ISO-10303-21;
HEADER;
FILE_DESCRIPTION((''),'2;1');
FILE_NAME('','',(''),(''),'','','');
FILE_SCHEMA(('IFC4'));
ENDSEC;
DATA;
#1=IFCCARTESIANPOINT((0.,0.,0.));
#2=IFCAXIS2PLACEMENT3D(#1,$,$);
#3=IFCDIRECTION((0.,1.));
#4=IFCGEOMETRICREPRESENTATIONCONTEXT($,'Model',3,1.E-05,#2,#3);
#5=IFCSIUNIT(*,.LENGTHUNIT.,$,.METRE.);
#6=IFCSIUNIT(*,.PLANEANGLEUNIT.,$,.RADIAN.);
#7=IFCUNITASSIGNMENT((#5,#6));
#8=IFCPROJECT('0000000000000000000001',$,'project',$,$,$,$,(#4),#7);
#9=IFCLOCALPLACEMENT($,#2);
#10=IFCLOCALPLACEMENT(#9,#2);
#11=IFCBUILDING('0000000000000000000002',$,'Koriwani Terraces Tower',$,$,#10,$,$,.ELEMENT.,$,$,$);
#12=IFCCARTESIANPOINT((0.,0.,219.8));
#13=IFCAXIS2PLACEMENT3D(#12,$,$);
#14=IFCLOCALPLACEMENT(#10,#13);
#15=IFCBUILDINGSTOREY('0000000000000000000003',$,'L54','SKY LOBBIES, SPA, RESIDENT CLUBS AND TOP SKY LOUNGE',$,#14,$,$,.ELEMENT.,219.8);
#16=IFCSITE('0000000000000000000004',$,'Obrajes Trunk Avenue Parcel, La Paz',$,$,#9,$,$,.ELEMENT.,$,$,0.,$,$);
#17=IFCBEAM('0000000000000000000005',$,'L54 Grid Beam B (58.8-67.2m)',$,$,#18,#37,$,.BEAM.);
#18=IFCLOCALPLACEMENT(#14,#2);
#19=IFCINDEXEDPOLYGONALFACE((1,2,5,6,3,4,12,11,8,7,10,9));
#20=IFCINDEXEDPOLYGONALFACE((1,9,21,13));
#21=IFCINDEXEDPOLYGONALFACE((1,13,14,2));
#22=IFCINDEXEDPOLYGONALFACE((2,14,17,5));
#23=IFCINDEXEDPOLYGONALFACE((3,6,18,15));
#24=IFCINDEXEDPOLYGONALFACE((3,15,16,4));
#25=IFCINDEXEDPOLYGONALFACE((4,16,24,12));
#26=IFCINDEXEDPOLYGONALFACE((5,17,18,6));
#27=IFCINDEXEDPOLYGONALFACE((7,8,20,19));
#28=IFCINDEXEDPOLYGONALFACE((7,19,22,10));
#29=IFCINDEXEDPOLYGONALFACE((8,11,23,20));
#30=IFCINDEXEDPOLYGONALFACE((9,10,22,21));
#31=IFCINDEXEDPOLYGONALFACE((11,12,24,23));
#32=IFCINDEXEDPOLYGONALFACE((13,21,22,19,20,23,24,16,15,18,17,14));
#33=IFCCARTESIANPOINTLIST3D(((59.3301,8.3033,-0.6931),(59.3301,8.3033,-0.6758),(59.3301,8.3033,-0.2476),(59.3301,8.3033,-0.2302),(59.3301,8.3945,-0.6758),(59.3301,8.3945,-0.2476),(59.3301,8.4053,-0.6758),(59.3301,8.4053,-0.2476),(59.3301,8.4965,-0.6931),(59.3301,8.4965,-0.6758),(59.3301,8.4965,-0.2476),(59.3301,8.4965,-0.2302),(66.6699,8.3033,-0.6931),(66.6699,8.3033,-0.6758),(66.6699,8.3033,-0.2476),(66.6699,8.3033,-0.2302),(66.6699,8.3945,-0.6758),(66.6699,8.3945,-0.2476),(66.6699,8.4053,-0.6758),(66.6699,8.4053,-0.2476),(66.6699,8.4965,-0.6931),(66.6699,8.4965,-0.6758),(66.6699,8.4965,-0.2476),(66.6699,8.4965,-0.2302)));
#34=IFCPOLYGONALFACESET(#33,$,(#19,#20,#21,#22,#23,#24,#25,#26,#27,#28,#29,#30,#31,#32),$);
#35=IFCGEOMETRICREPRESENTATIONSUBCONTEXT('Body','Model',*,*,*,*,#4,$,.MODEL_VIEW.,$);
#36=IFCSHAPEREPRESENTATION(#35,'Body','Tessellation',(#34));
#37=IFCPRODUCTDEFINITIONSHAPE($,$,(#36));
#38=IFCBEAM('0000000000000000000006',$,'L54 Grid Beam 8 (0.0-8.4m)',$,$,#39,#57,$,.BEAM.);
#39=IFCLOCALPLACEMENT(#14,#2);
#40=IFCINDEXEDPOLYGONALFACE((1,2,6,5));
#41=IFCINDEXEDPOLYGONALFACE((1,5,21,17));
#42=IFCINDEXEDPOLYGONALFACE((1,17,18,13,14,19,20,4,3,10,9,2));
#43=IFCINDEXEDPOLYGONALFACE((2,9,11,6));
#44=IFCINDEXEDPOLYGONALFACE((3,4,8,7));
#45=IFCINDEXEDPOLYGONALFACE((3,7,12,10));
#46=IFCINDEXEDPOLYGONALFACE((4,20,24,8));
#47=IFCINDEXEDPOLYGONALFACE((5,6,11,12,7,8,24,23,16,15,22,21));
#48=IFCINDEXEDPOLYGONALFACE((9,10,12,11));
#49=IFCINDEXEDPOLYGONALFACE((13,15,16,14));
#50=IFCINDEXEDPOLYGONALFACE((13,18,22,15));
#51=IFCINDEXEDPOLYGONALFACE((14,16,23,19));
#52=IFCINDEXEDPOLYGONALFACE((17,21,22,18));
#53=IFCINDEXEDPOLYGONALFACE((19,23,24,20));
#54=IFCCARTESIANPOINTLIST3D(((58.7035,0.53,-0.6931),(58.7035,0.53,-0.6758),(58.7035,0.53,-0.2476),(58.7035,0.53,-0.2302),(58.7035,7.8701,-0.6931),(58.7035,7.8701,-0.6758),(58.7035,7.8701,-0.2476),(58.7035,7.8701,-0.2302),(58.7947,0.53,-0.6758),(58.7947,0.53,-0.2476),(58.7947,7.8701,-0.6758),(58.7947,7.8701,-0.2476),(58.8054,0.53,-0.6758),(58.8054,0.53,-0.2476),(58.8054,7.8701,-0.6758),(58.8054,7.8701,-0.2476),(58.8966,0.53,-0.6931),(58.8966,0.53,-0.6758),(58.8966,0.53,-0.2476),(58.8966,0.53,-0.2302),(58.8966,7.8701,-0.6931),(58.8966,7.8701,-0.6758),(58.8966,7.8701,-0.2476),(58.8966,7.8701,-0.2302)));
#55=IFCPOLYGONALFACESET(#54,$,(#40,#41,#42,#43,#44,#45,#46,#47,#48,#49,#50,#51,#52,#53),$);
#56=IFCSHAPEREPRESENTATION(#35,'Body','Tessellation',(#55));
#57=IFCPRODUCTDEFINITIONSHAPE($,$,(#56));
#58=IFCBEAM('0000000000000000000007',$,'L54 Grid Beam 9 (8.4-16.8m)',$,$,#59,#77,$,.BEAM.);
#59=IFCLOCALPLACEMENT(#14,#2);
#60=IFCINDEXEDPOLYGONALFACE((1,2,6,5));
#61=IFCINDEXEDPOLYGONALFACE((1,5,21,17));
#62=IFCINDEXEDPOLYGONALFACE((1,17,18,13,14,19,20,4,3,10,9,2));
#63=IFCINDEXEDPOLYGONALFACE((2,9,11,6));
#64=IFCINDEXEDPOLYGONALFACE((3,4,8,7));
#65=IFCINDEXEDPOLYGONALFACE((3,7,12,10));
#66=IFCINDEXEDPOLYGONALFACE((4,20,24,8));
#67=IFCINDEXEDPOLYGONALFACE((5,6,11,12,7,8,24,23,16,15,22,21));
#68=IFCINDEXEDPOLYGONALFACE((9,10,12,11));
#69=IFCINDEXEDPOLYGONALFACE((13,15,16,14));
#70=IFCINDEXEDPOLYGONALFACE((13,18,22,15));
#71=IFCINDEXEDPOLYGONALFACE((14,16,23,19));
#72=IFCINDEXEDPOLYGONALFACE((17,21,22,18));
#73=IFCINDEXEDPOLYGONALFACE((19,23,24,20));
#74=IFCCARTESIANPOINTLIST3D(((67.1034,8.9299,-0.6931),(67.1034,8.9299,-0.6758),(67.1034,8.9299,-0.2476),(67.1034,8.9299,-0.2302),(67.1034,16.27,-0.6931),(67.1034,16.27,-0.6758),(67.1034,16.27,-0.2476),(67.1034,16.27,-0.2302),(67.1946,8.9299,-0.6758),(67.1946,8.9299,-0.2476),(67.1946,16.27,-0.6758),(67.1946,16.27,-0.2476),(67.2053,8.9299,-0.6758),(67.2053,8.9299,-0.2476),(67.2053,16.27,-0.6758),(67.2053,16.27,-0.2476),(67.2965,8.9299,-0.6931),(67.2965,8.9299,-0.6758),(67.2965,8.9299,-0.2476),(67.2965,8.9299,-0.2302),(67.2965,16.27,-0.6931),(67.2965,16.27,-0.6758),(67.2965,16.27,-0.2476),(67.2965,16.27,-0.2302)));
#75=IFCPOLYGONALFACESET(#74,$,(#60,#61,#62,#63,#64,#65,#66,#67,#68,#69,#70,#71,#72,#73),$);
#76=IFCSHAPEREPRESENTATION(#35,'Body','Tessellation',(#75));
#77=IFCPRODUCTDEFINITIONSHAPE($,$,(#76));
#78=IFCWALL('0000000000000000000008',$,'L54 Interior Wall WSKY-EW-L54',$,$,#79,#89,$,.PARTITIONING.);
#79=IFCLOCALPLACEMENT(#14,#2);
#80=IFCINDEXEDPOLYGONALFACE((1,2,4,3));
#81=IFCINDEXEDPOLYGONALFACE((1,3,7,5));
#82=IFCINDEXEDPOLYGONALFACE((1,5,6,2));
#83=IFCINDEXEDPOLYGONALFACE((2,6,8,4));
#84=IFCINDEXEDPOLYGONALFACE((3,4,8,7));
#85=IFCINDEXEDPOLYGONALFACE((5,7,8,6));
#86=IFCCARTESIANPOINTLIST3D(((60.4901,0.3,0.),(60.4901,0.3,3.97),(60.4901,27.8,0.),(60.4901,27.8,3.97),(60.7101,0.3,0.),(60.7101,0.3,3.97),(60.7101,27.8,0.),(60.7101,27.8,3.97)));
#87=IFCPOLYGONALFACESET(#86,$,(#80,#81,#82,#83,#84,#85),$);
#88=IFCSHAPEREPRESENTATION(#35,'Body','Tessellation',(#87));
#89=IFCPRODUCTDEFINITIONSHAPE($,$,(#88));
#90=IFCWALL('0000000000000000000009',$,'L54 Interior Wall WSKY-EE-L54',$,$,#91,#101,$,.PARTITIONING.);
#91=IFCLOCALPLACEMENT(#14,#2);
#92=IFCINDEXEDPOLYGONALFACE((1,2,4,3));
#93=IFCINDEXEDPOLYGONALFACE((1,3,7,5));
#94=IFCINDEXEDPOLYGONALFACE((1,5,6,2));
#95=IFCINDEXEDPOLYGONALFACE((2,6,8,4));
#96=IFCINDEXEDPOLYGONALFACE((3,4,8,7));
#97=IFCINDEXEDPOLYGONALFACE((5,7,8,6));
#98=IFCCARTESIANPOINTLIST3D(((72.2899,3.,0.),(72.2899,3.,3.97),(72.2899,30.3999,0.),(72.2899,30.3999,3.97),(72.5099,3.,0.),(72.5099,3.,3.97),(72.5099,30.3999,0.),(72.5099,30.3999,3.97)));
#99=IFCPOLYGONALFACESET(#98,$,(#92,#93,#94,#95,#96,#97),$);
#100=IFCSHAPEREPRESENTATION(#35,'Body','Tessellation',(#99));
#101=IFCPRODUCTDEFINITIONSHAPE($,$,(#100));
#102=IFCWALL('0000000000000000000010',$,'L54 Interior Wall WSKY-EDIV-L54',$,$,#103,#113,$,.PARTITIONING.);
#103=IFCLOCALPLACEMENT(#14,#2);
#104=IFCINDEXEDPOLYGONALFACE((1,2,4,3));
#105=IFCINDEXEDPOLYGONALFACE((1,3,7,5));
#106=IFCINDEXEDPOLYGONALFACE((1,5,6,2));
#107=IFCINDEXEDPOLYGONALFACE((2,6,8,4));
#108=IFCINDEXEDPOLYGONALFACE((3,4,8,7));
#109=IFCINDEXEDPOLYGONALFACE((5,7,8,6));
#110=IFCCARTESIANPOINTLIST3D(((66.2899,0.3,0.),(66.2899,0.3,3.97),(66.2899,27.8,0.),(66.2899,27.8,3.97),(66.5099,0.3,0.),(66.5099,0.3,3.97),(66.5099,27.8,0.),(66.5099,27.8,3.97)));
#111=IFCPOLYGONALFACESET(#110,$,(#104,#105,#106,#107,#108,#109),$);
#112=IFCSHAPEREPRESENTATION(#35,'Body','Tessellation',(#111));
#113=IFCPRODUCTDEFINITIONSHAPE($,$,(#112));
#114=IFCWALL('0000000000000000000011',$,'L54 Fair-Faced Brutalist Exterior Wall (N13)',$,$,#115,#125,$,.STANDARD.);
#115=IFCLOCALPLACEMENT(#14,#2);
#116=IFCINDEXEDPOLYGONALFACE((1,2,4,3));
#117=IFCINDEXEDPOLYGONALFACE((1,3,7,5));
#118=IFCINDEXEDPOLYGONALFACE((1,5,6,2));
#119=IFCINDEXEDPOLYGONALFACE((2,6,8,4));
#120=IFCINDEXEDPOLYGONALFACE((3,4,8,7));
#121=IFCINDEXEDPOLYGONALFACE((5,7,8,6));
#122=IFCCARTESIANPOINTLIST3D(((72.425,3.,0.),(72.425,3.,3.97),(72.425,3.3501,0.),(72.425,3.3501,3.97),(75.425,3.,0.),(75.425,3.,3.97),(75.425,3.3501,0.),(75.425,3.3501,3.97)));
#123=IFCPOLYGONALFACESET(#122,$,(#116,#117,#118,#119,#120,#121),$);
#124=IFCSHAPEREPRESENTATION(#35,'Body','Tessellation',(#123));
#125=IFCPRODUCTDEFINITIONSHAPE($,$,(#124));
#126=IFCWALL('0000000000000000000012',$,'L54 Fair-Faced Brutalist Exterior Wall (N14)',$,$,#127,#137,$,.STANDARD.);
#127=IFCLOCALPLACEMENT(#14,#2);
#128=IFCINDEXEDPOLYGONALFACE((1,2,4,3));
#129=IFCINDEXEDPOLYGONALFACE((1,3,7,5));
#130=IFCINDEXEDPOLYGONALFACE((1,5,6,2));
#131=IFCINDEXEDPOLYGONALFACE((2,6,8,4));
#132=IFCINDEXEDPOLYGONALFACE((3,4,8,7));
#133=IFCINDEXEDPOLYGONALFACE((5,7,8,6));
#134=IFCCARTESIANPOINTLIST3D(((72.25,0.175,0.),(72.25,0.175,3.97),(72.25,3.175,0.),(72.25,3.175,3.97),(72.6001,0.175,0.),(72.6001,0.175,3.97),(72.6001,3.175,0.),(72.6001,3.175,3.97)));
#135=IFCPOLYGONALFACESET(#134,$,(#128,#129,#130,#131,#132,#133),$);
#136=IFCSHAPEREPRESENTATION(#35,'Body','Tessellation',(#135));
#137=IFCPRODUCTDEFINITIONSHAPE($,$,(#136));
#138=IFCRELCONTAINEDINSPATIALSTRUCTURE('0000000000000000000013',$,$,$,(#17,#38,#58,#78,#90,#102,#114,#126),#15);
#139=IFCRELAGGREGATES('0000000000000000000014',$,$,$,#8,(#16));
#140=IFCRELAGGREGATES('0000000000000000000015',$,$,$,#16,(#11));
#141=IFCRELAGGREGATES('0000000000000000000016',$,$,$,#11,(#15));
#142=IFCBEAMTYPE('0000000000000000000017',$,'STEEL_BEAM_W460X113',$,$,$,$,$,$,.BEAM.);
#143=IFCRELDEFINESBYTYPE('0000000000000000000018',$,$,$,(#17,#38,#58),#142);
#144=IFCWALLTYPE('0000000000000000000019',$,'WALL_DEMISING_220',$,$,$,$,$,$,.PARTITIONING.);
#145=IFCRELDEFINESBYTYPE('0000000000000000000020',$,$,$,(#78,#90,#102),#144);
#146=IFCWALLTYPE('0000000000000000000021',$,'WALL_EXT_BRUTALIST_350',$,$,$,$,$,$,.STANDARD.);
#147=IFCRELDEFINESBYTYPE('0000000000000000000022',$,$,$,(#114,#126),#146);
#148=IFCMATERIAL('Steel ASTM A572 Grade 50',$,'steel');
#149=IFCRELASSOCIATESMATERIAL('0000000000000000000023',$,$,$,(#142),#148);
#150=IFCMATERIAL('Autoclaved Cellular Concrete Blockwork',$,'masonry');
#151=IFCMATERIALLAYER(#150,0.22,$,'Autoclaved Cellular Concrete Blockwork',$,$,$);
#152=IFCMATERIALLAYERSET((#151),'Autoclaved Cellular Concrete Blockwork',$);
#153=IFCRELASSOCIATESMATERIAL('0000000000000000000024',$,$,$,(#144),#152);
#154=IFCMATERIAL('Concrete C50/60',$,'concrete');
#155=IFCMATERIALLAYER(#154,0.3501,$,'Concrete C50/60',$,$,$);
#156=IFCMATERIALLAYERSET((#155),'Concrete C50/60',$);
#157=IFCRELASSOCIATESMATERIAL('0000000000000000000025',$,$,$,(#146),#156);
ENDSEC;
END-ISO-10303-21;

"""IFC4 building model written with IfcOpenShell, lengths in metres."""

from ifc_helpers import new_model, si_unit, direction, frame, frame_2d, origin, origin_2d, place, context, subcontext, project, spatial, rectangle, i_section, extrude, material, layer, layer_set, material_profile, profile_set, type_object, element, save


model = new_model("IFC4")

# Units and contexts
model_context = context("Model", 3, precision=1e-05, world=origin(), true_north=direction((0.0, 1.0)))
body_context = subcontext(model_context, "Body", "Model", "MODEL_VIEW")
ifc_project = project(units=[si_unit("LENGTHUNIT", "METRE"), si_unit("PLANEANGLEUNIT", "RADIAN")], contexts=[model_context])

# Site, building, storey
site_placement = place(None, origin())
site = spatial("IfcSite", under=ifc_project, at=site_placement, Name="Obrajes Trunk Avenue Parcel, La Paz", CompositionType="ELEMENT", RefElevation=0.0)
building_placement = place(site_placement, origin())
building = spatial("IfcBuilding", under=site, at=building_placement, Name="Koriwani Terraces Tower", CompositionType="ELEMENT")
storey_placement = place(building_placement, frame((0.0, 0.0, 219.8)))
storey = spatial("IfcBuildingStorey", under=building, at=storey_placement, Name="L54", Description="SKY LOBBIES, SPA, RESIDENT CLUBS AND TOP SKY LOUNGE", CompositionType="ELEMENT", Elevation=219.8)

# Shared definitions
ifc_material_1 = material(Name="Concrete C50/60", Category="concrete")

# Beams
ifc_material_2 = material(Name="Steel ASTM A572 Grade 50", Category="steel")
ifc_material_profile_1 = material_profile(ifc_material_2, i_section(OverallWidth=0.1931, OverallDepth=0.4629, WebThickness=0.0107, FlangeThickness=0.0173, at=origin_2d()), Name="Steel ASTM A572 Grade 50", Category="LoadBearing")
ifc_profile_set_1 = profile_set([ifc_material_profile_1], Name="Steel ASTM A572 Grade 50")
beam_type_1 = type_object("IfcBeamType", Name="STEEL_BEAM_W460X113", PredefinedType="BEAM", material=ifc_profile_set_1)
beam_1_placement = place(storey_placement, frame((59.3301, 8.3999, -0.4617), z_axis=(1.0, 0.0, 0.0), x_axis=(0.0, 1.0, 0.0)))
element("IfcBeam", 1, at=beam_1_placement, inside=storey, type_object=beam_type_1, Name="L54 Grid Beam B (58.8-67.2m)", PredefinedType="BEAM", context=body_context, shape_type="SweptSolid", body=[
    extrude(i_section(OverallWidth=0.1931, OverallDepth=0.4629, WebThickness=0.0107, FlangeThickness=0.0173, at=origin_2d()), origin(), (0.0, 0.0, 1.0), 7.3398),
])
for number, where, z_axis, x_axis, name in (
    (2, (58.8, 0.53, -0.4617), (0.0, 1.0, 0.0), (-1.0, 0.0, 0.0), "L54 Grid Beam 8 (0.0-8.4m)"),
    (3, (67.2, 8.9299, -0.4617), (0.0, 1.0, 0.0), (-1.0, 0.0, 0.0), "L54 Grid Beam 9 (8.4-16.8m)"),
):
    element("IfcBeam", number, at=place(storey_placement, frame(where, z_axis=z_axis, x_axis=x_axis)), inside=storey, type_object=beam_type_1, Name=name, PredefinedType="BEAM", context=body_context, shape_type="SweptSolid", body=[
        extrude(i_section(OverallWidth=0.1931, OverallDepth=0.4629, WebThickness=0.0107, FlangeThickness=0.0173, at=origin_2d()), origin(), (0.0, 0.0, 1.0), 7.3401),
    ])

# Walls
ifc_material_3 = material(Name="Autoclaved Cellular Concrete Blockwork", Category="masonry")
ifc_layer_1 = layer(ifc_material_3, 0.22, Name="Autoclaved Cellular Concrete Blockwork")
ifc_layer_set_1 = layer_set([ifc_layer_1], Name="Autoclaved Cellular Concrete Blockwork")
wall_type_1 = type_object("IfcWallType", Name="WALL_DEMISING_220", PredefinedType="PARTITIONING", material=ifc_layer_set_1)
wall_1_placement = place(storey_placement, frame((60.6001, 0.3, 0.0), z_axis=(0.0, 0.0, 1.0), x_axis=(0.0, 1.0, 0.0)))
element("IfcWall", 4, at=wall_1_placement, inside=storey, type_object=wall_type_1, Name="L54 Interior Wall WSKY-EW-L54", PredefinedType="PARTITIONING", context=body_context, shape_type="SweptSolid", body=[
    extrude(rectangle(XDim=27.5, YDim=0.22, at=frame_2d((13.75, 0.0))), origin(), (0.0, 0.0, 1.0), 3.97),
])
wall_2_placement = place(storey_placement, frame((72.3999, 3.0, 0.0), z_axis=(0.0, 0.0, 1.0), x_axis=(0.0, 1.0, 0.0)))
element("IfcWall", 5, at=wall_2_placement, inside=storey, type_object=wall_type_1, Name="L54 Interior Wall WSKY-EE-L54", PredefinedType="PARTITIONING", context=body_context, shape_type="SweptSolid", body=[
    extrude(rectangle(XDim=27.3999, YDim=0.22, at=frame_2d((13.7, 0.0))), origin(), (0.0, 0.0, 1.0), 3.97),
])
wall_3_placement = place(storey_placement, frame((66.3999, 0.3, 0.0), z_axis=(0.0, 0.0, 1.0), x_axis=(0.0, 1.0, 0.0)))
element("IfcWall", 6, at=wall_3_placement, inside=storey, type_object=wall_type_1, Name="L54 Interior Wall WSKY-EDIV-L54", PredefinedType="PARTITIONING", context=body_context, shape_type="SweptSolid", body=[
    extrude(rectangle(XDim=27.5, YDim=0.22, at=frame_2d((13.75, 0.0))), origin(), (0.0, 0.0, 1.0), 3.97),
])
ifc_layer_2 = layer(ifc_material_1, 0.3501, Name="Concrete C50/60")
ifc_layer_set_2 = layer_set([ifc_layer_2], Name="Concrete C50/60")
wall_type_2 = type_object("IfcWallType", Name="WALL_EXT_BRUTALIST_350", PredefinedType="STANDARD", material=ifc_layer_set_2)
for number, where, z_axis, x_axis, name in (
    (7, (75.425, 3.175, 0.0), (0.0, 0.0, 1.0), (-1.0, 0.0, 0.0), "L54 Fair-Faced Brutalist Exterior Wall (N13)"),
    (8, (72.425, 3.175, 0.0), (0.0, 0.0, 1.0), (0.0, -1.0, 0.0), "L54 Fair-Faced Brutalist Exterior Wall (N14)"),
):
    element("IfcWall", number, at=place(storey_placement, frame(where, z_axis=z_axis, x_axis=x_axis)), inside=storey, type_object=wall_type_2, Name=name, PredefinedType="STANDARD", context=body_context, shape_type="SweptSolid", body=[
        extrude(rectangle(XDim=3.0, YDim=0.3501, at=frame_2d((1.5, 0.0))), origin(), (0.0, 0.0, 1.0), 3.97),
    ])

save(model, "model.ifc")
